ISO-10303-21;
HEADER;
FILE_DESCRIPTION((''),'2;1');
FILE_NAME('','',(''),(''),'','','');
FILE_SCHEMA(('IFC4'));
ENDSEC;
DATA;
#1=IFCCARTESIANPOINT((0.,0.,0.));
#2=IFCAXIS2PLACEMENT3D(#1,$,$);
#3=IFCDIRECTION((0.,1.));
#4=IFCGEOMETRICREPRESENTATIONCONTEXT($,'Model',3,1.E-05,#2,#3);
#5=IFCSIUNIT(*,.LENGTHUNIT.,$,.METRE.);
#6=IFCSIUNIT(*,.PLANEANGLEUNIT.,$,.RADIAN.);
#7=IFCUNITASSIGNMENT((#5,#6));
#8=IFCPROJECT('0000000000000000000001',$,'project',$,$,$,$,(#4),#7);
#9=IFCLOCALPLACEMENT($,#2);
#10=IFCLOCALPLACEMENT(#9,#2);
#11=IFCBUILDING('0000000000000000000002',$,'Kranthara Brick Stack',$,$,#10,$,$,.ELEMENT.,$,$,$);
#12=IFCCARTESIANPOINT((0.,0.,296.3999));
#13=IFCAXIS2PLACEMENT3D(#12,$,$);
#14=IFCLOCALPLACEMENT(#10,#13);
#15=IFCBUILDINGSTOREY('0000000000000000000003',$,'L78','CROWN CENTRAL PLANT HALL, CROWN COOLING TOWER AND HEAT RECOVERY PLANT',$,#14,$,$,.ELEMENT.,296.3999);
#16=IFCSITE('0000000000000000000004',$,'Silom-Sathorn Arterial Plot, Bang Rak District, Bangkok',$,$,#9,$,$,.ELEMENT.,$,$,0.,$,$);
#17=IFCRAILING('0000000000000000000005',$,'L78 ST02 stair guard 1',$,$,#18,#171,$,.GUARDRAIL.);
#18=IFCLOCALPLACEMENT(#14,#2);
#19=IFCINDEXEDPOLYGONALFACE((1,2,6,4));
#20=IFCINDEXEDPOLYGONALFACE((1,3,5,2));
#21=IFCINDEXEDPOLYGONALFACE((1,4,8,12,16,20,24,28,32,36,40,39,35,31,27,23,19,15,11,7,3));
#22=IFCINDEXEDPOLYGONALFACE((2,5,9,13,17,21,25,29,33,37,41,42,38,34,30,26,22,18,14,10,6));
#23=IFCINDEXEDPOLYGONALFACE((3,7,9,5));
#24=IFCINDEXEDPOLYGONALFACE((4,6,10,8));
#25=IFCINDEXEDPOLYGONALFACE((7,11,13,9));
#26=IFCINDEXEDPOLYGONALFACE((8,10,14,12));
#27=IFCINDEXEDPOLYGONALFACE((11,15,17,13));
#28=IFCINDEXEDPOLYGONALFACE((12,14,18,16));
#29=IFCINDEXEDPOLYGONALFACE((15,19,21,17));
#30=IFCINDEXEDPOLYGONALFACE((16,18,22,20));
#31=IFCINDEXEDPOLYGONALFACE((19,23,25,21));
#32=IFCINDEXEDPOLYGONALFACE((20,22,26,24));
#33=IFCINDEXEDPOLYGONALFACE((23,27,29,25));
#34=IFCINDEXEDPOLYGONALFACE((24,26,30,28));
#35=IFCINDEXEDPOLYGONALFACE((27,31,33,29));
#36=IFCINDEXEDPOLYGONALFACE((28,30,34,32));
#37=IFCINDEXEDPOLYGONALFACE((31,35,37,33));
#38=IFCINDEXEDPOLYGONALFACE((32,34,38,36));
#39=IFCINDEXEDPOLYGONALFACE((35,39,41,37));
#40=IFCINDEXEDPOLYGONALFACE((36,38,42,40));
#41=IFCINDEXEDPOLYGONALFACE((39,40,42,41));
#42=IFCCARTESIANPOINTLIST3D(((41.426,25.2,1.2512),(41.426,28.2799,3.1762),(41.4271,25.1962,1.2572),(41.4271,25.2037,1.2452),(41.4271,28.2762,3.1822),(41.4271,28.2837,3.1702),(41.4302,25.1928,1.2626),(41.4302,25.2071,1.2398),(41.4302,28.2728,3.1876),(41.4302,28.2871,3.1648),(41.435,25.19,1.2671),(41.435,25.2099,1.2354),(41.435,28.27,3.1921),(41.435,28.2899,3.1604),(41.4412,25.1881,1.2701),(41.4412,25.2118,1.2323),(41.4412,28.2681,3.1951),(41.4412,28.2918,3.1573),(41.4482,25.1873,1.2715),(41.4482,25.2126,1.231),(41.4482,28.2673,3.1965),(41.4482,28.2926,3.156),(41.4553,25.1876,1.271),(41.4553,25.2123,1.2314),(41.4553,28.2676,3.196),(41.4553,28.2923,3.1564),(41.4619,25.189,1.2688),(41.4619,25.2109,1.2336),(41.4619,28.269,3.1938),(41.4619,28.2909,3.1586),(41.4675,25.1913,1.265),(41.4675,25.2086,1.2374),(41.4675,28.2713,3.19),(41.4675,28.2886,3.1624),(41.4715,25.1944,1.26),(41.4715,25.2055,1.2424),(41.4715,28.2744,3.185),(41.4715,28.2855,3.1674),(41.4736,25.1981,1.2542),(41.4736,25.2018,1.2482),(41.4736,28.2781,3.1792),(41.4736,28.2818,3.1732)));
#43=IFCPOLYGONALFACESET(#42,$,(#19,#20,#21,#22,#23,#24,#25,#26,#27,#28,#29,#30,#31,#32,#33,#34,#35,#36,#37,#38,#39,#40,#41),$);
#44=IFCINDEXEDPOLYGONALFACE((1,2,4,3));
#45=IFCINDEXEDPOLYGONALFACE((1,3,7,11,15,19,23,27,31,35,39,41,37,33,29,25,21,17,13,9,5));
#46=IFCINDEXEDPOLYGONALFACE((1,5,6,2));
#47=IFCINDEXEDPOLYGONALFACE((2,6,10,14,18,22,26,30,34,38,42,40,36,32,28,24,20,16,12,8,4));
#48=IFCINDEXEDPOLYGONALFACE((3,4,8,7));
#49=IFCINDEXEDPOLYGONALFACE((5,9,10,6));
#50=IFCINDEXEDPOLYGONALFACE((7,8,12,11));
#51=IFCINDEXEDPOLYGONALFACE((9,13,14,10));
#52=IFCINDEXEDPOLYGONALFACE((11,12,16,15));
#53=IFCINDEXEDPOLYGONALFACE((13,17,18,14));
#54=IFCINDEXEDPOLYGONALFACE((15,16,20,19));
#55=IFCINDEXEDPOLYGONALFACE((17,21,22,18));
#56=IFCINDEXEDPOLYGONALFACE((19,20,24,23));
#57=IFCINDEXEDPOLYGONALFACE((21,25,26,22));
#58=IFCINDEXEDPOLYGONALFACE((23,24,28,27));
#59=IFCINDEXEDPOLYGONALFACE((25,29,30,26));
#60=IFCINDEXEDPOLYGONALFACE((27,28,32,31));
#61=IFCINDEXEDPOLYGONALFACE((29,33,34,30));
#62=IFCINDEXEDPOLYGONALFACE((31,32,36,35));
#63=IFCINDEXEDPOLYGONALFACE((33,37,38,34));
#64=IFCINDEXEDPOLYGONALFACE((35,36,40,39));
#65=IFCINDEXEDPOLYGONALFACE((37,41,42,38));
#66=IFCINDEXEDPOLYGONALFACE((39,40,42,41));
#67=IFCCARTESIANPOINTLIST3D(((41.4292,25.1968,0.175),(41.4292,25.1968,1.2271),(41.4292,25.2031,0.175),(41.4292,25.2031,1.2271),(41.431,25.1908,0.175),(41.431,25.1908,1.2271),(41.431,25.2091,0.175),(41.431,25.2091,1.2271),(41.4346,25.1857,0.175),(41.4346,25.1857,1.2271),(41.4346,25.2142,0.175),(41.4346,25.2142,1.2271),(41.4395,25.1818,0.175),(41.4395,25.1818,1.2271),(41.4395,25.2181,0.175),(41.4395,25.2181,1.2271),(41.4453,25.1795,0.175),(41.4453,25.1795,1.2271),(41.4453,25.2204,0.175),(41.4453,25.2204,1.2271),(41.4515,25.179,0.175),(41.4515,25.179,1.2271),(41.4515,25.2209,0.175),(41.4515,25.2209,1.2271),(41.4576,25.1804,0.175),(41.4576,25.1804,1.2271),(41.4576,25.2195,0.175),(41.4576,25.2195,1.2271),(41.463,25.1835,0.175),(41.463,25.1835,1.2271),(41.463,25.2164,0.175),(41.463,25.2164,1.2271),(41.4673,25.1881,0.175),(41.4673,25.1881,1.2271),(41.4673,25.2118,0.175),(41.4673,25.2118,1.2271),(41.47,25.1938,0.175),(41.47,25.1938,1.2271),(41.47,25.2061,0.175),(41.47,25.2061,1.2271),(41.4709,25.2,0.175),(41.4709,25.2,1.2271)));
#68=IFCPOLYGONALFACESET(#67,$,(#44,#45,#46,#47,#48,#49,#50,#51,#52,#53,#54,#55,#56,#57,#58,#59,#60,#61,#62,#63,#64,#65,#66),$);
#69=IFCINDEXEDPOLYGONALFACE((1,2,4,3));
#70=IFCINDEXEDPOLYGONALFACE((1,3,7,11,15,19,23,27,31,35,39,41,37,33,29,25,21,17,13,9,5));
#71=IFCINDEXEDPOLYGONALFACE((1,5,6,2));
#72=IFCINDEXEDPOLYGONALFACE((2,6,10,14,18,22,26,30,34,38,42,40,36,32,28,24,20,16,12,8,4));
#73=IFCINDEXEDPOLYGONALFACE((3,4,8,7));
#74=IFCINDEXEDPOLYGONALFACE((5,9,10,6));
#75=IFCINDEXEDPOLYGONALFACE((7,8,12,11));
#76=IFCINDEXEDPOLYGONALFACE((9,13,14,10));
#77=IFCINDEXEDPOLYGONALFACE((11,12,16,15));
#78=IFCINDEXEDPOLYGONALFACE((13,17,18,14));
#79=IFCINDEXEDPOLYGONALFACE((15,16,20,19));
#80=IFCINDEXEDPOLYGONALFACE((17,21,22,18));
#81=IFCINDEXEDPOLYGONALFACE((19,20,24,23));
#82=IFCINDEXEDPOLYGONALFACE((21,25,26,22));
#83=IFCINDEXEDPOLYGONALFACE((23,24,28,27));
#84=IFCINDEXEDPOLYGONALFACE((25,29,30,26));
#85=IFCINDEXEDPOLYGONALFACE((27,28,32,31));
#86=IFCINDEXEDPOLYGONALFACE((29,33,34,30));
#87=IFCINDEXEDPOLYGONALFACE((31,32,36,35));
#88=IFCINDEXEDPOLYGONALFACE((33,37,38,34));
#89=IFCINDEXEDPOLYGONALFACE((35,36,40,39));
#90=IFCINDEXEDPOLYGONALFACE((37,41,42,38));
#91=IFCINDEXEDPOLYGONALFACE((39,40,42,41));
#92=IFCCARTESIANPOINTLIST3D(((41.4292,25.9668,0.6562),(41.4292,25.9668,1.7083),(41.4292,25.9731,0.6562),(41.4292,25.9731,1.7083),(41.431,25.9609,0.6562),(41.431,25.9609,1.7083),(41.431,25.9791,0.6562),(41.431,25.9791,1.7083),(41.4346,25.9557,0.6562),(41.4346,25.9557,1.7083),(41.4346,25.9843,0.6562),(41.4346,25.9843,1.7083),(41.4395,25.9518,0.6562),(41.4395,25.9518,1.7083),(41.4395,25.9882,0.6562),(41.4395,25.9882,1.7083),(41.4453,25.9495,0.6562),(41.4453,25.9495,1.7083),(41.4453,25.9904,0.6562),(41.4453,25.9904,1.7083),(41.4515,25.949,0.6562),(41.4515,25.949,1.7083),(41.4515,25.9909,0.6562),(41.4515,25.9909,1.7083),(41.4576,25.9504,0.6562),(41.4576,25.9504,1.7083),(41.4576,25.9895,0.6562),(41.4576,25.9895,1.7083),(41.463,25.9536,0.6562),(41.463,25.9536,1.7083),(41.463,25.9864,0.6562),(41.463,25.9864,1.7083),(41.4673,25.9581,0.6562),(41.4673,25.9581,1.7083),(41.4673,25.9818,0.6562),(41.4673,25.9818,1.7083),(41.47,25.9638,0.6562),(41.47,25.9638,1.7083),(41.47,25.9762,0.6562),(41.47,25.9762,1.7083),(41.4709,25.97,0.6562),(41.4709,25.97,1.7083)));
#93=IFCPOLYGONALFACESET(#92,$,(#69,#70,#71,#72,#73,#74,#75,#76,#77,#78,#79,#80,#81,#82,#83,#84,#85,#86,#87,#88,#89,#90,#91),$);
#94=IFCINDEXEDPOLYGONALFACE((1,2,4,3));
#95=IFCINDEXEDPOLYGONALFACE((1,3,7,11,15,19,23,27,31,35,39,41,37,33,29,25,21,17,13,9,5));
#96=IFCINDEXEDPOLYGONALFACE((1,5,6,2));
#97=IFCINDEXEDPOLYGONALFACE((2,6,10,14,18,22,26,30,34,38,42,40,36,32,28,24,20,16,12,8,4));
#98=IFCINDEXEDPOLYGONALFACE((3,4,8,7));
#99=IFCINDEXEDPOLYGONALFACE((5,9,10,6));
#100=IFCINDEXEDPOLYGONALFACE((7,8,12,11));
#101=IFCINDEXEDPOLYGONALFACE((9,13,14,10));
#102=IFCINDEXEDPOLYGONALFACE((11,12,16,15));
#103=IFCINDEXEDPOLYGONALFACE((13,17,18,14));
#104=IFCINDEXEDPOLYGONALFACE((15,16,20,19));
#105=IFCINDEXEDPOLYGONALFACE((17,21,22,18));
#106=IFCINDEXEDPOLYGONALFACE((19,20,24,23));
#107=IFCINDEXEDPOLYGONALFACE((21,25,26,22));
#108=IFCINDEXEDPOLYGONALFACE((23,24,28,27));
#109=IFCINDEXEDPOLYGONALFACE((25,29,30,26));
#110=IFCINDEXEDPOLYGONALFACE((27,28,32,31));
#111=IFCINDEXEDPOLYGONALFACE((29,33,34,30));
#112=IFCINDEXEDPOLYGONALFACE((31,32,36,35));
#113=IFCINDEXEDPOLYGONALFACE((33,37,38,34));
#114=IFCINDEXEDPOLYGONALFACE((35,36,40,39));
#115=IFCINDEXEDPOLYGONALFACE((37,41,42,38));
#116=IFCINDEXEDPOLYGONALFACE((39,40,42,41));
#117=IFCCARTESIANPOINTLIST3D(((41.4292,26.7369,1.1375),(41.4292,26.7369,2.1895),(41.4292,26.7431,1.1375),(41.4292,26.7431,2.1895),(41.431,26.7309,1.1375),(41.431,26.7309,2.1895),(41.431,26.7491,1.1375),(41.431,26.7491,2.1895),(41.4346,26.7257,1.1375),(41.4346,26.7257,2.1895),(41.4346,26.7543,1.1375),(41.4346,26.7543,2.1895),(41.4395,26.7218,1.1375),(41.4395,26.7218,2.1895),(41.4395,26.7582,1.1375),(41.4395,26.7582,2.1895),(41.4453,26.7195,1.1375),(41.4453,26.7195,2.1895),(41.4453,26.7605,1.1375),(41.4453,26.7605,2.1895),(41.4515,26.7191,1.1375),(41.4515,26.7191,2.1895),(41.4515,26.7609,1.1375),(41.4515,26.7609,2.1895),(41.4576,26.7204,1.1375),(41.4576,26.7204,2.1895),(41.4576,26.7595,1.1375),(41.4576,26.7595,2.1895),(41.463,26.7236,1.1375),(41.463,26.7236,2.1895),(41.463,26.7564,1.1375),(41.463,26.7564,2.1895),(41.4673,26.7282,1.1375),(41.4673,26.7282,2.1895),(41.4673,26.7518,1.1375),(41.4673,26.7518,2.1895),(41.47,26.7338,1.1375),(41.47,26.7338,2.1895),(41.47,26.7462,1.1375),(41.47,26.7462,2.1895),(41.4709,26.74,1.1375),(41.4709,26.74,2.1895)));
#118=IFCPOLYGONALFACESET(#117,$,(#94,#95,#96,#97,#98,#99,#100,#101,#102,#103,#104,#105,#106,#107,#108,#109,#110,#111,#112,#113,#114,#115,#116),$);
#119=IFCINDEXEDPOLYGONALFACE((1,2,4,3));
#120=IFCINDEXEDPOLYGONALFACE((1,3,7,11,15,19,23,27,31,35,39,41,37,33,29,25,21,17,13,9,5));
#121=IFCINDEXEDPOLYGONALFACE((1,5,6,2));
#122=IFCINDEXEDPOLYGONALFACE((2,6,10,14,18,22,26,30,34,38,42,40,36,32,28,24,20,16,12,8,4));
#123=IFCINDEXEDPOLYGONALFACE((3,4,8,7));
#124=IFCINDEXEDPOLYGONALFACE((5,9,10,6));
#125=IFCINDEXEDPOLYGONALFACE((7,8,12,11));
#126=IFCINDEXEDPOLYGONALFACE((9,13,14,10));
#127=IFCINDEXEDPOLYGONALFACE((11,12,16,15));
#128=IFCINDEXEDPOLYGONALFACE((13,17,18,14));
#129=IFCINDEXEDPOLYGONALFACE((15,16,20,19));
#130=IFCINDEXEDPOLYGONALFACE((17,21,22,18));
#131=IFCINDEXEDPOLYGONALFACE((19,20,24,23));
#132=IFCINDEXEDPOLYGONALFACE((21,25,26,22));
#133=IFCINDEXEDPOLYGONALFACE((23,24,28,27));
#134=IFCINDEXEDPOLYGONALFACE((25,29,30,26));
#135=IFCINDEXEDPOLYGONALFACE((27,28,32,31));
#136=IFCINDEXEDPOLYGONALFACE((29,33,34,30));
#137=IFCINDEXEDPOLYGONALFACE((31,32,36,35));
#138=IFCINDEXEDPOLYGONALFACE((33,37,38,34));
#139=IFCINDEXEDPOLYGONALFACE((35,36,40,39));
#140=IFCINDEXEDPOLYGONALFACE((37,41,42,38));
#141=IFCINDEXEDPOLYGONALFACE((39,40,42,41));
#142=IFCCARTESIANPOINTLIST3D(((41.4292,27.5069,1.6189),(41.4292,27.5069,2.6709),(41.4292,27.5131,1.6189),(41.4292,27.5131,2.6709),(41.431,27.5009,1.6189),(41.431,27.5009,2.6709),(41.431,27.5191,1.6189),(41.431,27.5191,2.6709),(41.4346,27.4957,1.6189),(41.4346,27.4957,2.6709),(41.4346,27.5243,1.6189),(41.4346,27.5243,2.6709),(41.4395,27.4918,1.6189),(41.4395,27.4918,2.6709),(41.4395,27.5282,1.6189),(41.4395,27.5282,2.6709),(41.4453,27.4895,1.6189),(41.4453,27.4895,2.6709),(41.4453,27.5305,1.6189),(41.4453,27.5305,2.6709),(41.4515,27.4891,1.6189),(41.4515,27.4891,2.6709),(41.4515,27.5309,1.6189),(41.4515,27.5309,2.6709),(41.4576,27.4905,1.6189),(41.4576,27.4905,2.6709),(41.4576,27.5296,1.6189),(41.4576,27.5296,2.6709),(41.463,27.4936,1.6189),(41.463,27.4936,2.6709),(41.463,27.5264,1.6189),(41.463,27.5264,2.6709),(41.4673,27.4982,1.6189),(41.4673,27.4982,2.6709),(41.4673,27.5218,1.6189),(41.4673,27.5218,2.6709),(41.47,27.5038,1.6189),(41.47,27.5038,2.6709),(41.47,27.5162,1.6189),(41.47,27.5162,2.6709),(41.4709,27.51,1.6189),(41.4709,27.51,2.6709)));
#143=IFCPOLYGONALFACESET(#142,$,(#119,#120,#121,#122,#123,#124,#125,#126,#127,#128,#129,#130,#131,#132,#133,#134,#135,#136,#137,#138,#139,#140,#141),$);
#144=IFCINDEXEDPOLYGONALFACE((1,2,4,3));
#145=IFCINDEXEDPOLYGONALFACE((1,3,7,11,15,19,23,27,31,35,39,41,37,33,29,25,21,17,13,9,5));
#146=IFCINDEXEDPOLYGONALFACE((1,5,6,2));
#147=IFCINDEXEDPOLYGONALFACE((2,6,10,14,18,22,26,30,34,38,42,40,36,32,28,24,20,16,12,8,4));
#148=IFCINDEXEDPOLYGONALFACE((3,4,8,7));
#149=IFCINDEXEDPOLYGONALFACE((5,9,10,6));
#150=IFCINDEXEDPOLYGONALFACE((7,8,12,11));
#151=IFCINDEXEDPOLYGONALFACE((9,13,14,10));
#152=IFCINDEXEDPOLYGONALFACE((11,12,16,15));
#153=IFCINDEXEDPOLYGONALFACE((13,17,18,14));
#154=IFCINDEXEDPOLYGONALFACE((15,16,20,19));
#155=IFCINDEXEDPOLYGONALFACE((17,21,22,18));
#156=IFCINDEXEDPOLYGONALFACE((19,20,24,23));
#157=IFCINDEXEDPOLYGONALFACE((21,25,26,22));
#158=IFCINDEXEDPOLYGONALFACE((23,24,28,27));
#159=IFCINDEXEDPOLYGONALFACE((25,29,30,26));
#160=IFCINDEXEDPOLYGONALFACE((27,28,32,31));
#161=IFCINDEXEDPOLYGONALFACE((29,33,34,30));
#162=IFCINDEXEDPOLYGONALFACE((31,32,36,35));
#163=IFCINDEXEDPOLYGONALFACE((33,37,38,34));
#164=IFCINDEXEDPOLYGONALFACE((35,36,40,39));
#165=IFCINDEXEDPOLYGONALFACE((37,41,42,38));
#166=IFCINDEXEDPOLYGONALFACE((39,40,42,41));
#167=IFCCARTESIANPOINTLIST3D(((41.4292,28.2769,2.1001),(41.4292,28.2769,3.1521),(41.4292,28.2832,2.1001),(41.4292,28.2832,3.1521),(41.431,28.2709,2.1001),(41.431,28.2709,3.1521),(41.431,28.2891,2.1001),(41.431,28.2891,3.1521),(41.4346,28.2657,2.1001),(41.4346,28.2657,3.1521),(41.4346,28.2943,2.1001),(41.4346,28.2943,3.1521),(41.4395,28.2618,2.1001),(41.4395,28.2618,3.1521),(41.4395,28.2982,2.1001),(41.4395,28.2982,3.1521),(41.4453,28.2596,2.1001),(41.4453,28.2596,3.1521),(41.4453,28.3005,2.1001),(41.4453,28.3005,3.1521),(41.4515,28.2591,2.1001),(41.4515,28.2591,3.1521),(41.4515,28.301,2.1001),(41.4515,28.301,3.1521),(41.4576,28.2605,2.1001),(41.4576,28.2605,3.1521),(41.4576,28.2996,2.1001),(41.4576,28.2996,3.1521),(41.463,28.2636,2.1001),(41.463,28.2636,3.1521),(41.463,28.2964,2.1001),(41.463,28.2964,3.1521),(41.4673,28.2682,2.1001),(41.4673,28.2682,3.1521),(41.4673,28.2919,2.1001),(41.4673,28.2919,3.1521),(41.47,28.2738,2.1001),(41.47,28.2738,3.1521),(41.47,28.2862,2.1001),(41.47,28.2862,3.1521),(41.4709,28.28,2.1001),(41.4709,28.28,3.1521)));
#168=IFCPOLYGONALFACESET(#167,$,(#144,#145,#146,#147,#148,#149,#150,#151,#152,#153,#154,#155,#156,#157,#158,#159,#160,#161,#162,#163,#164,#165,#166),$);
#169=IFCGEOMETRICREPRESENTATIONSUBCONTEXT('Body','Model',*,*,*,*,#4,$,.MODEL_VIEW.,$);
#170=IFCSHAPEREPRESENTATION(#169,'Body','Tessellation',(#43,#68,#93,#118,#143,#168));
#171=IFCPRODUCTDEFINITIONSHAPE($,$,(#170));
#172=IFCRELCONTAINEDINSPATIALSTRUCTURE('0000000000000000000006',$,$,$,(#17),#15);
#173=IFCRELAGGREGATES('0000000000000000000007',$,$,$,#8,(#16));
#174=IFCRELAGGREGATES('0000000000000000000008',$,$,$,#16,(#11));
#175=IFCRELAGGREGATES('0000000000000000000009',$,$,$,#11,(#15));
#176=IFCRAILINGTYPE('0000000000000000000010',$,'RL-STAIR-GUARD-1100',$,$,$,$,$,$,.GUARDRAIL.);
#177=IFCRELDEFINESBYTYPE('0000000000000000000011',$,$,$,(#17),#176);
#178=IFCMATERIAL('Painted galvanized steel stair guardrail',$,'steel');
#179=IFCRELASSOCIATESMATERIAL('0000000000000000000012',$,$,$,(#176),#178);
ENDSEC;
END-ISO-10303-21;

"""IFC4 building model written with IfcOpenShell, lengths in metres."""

from ifc_helpers import new_model, si_unit, direction, frame, origin, origin_2d, place, context, subcontext, project, spatial, circle, extrude, material, type_object, element, save


model = new_model("IFC4")

# Units and contexts
model_context = context("Model", 3, precision=1e-05, world=origin(), true_north=direction((0.0, 1.0)))
body_context = subcontext(model_context, "Body", "Model", "MODEL_VIEW")
ifc_project = project(units=[si_unit("LENGTHUNIT", "METRE"), si_unit("PLANEANGLEUNIT", "RADIAN")], contexts=[model_context])

# Site, building, storey
site_placement = place(None, origin())
site = spatial("IfcSite", under=ifc_project, at=site_placement, Name="Silom-Sathorn Arterial Plot, Bang Rak District, Bangkok", CompositionType="ELEMENT", RefElevation=0.0)
building_placement = place(site_placement, origin())
building = spatial("IfcBuilding", under=site, at=building_placement, Name="Kranthara Brick Stack", CompositionType="ELEMENT")
storey_placement = place(building_placement, frame((0.0, 0.0, 296.3999)))
storey = spatial("IfcBuildingStorey", under=building, at=storey_placement, Name="L78", Description="CROWN CENTRAL PLANT HALL, CROWN COOLING TOWER AND HEAT RECOVERY PLANT", CompositionType="ELEMENT", Elevation=296.3999)

# Railing
ifc_material_1 = material(Name="Painted galvanized steel stair guardrail", Category="steel")
railing_type_1 = type_object("IfcRailingType", Name="RL-STAIR-GUARD-1100", PredefinedType="GUARDRAIL", material=ifc_material_1)
railing_1_placement = place(storey_placement, frame((41.45, 25.2, 0.175)))
element("IfcRailing", 1, at=railing_1_placement, inside=storey, type_object=railing_type_1, Name="L78 ST02 stair guard 1", PredefinedType="GUARDRAIL", context=body_context, shape_type="SweptSolid", body=[
    extrude(circle(Radius=0.0239, at=origin_2d()), frame((0.0, 0.0, 1.0762), z_axis=(0.0, 0.847998, 0.529999), x_axis=(-1.0, 0.0, 0.0)), (0.0, 0.0, 1.0), 3.6321),
    extrude(circle(Radius=0.021, at=origin_2d()), origin(), (0.0, 0.0, 1.0), 1.052),
    extrude(circle(Radius=0.021, at=origin_2d()), frame((0.0, 0.77, 0.4812)), (0.0, 0.0, 1.0), 1.052),
    extrude(circle(Radius=0.021, at=origin_2d()), frame((0.0, 1.54, 0.9624)), (0.0, 0.0, 1.0), 1.052),
    extrude(circle(Radius=0.021, at=origin_2d()), frame((0.0, 2.3101, 1.4438)), (0.0, 0.0, 1.0), 1.052),
    extrude(circle(Radius=0.021, at=origin_2d()), frame((0.0, 3.0801, 1.925)), (0.0, 0.0, 1.0), 1.052),
])

save(model, "model.ifc")
